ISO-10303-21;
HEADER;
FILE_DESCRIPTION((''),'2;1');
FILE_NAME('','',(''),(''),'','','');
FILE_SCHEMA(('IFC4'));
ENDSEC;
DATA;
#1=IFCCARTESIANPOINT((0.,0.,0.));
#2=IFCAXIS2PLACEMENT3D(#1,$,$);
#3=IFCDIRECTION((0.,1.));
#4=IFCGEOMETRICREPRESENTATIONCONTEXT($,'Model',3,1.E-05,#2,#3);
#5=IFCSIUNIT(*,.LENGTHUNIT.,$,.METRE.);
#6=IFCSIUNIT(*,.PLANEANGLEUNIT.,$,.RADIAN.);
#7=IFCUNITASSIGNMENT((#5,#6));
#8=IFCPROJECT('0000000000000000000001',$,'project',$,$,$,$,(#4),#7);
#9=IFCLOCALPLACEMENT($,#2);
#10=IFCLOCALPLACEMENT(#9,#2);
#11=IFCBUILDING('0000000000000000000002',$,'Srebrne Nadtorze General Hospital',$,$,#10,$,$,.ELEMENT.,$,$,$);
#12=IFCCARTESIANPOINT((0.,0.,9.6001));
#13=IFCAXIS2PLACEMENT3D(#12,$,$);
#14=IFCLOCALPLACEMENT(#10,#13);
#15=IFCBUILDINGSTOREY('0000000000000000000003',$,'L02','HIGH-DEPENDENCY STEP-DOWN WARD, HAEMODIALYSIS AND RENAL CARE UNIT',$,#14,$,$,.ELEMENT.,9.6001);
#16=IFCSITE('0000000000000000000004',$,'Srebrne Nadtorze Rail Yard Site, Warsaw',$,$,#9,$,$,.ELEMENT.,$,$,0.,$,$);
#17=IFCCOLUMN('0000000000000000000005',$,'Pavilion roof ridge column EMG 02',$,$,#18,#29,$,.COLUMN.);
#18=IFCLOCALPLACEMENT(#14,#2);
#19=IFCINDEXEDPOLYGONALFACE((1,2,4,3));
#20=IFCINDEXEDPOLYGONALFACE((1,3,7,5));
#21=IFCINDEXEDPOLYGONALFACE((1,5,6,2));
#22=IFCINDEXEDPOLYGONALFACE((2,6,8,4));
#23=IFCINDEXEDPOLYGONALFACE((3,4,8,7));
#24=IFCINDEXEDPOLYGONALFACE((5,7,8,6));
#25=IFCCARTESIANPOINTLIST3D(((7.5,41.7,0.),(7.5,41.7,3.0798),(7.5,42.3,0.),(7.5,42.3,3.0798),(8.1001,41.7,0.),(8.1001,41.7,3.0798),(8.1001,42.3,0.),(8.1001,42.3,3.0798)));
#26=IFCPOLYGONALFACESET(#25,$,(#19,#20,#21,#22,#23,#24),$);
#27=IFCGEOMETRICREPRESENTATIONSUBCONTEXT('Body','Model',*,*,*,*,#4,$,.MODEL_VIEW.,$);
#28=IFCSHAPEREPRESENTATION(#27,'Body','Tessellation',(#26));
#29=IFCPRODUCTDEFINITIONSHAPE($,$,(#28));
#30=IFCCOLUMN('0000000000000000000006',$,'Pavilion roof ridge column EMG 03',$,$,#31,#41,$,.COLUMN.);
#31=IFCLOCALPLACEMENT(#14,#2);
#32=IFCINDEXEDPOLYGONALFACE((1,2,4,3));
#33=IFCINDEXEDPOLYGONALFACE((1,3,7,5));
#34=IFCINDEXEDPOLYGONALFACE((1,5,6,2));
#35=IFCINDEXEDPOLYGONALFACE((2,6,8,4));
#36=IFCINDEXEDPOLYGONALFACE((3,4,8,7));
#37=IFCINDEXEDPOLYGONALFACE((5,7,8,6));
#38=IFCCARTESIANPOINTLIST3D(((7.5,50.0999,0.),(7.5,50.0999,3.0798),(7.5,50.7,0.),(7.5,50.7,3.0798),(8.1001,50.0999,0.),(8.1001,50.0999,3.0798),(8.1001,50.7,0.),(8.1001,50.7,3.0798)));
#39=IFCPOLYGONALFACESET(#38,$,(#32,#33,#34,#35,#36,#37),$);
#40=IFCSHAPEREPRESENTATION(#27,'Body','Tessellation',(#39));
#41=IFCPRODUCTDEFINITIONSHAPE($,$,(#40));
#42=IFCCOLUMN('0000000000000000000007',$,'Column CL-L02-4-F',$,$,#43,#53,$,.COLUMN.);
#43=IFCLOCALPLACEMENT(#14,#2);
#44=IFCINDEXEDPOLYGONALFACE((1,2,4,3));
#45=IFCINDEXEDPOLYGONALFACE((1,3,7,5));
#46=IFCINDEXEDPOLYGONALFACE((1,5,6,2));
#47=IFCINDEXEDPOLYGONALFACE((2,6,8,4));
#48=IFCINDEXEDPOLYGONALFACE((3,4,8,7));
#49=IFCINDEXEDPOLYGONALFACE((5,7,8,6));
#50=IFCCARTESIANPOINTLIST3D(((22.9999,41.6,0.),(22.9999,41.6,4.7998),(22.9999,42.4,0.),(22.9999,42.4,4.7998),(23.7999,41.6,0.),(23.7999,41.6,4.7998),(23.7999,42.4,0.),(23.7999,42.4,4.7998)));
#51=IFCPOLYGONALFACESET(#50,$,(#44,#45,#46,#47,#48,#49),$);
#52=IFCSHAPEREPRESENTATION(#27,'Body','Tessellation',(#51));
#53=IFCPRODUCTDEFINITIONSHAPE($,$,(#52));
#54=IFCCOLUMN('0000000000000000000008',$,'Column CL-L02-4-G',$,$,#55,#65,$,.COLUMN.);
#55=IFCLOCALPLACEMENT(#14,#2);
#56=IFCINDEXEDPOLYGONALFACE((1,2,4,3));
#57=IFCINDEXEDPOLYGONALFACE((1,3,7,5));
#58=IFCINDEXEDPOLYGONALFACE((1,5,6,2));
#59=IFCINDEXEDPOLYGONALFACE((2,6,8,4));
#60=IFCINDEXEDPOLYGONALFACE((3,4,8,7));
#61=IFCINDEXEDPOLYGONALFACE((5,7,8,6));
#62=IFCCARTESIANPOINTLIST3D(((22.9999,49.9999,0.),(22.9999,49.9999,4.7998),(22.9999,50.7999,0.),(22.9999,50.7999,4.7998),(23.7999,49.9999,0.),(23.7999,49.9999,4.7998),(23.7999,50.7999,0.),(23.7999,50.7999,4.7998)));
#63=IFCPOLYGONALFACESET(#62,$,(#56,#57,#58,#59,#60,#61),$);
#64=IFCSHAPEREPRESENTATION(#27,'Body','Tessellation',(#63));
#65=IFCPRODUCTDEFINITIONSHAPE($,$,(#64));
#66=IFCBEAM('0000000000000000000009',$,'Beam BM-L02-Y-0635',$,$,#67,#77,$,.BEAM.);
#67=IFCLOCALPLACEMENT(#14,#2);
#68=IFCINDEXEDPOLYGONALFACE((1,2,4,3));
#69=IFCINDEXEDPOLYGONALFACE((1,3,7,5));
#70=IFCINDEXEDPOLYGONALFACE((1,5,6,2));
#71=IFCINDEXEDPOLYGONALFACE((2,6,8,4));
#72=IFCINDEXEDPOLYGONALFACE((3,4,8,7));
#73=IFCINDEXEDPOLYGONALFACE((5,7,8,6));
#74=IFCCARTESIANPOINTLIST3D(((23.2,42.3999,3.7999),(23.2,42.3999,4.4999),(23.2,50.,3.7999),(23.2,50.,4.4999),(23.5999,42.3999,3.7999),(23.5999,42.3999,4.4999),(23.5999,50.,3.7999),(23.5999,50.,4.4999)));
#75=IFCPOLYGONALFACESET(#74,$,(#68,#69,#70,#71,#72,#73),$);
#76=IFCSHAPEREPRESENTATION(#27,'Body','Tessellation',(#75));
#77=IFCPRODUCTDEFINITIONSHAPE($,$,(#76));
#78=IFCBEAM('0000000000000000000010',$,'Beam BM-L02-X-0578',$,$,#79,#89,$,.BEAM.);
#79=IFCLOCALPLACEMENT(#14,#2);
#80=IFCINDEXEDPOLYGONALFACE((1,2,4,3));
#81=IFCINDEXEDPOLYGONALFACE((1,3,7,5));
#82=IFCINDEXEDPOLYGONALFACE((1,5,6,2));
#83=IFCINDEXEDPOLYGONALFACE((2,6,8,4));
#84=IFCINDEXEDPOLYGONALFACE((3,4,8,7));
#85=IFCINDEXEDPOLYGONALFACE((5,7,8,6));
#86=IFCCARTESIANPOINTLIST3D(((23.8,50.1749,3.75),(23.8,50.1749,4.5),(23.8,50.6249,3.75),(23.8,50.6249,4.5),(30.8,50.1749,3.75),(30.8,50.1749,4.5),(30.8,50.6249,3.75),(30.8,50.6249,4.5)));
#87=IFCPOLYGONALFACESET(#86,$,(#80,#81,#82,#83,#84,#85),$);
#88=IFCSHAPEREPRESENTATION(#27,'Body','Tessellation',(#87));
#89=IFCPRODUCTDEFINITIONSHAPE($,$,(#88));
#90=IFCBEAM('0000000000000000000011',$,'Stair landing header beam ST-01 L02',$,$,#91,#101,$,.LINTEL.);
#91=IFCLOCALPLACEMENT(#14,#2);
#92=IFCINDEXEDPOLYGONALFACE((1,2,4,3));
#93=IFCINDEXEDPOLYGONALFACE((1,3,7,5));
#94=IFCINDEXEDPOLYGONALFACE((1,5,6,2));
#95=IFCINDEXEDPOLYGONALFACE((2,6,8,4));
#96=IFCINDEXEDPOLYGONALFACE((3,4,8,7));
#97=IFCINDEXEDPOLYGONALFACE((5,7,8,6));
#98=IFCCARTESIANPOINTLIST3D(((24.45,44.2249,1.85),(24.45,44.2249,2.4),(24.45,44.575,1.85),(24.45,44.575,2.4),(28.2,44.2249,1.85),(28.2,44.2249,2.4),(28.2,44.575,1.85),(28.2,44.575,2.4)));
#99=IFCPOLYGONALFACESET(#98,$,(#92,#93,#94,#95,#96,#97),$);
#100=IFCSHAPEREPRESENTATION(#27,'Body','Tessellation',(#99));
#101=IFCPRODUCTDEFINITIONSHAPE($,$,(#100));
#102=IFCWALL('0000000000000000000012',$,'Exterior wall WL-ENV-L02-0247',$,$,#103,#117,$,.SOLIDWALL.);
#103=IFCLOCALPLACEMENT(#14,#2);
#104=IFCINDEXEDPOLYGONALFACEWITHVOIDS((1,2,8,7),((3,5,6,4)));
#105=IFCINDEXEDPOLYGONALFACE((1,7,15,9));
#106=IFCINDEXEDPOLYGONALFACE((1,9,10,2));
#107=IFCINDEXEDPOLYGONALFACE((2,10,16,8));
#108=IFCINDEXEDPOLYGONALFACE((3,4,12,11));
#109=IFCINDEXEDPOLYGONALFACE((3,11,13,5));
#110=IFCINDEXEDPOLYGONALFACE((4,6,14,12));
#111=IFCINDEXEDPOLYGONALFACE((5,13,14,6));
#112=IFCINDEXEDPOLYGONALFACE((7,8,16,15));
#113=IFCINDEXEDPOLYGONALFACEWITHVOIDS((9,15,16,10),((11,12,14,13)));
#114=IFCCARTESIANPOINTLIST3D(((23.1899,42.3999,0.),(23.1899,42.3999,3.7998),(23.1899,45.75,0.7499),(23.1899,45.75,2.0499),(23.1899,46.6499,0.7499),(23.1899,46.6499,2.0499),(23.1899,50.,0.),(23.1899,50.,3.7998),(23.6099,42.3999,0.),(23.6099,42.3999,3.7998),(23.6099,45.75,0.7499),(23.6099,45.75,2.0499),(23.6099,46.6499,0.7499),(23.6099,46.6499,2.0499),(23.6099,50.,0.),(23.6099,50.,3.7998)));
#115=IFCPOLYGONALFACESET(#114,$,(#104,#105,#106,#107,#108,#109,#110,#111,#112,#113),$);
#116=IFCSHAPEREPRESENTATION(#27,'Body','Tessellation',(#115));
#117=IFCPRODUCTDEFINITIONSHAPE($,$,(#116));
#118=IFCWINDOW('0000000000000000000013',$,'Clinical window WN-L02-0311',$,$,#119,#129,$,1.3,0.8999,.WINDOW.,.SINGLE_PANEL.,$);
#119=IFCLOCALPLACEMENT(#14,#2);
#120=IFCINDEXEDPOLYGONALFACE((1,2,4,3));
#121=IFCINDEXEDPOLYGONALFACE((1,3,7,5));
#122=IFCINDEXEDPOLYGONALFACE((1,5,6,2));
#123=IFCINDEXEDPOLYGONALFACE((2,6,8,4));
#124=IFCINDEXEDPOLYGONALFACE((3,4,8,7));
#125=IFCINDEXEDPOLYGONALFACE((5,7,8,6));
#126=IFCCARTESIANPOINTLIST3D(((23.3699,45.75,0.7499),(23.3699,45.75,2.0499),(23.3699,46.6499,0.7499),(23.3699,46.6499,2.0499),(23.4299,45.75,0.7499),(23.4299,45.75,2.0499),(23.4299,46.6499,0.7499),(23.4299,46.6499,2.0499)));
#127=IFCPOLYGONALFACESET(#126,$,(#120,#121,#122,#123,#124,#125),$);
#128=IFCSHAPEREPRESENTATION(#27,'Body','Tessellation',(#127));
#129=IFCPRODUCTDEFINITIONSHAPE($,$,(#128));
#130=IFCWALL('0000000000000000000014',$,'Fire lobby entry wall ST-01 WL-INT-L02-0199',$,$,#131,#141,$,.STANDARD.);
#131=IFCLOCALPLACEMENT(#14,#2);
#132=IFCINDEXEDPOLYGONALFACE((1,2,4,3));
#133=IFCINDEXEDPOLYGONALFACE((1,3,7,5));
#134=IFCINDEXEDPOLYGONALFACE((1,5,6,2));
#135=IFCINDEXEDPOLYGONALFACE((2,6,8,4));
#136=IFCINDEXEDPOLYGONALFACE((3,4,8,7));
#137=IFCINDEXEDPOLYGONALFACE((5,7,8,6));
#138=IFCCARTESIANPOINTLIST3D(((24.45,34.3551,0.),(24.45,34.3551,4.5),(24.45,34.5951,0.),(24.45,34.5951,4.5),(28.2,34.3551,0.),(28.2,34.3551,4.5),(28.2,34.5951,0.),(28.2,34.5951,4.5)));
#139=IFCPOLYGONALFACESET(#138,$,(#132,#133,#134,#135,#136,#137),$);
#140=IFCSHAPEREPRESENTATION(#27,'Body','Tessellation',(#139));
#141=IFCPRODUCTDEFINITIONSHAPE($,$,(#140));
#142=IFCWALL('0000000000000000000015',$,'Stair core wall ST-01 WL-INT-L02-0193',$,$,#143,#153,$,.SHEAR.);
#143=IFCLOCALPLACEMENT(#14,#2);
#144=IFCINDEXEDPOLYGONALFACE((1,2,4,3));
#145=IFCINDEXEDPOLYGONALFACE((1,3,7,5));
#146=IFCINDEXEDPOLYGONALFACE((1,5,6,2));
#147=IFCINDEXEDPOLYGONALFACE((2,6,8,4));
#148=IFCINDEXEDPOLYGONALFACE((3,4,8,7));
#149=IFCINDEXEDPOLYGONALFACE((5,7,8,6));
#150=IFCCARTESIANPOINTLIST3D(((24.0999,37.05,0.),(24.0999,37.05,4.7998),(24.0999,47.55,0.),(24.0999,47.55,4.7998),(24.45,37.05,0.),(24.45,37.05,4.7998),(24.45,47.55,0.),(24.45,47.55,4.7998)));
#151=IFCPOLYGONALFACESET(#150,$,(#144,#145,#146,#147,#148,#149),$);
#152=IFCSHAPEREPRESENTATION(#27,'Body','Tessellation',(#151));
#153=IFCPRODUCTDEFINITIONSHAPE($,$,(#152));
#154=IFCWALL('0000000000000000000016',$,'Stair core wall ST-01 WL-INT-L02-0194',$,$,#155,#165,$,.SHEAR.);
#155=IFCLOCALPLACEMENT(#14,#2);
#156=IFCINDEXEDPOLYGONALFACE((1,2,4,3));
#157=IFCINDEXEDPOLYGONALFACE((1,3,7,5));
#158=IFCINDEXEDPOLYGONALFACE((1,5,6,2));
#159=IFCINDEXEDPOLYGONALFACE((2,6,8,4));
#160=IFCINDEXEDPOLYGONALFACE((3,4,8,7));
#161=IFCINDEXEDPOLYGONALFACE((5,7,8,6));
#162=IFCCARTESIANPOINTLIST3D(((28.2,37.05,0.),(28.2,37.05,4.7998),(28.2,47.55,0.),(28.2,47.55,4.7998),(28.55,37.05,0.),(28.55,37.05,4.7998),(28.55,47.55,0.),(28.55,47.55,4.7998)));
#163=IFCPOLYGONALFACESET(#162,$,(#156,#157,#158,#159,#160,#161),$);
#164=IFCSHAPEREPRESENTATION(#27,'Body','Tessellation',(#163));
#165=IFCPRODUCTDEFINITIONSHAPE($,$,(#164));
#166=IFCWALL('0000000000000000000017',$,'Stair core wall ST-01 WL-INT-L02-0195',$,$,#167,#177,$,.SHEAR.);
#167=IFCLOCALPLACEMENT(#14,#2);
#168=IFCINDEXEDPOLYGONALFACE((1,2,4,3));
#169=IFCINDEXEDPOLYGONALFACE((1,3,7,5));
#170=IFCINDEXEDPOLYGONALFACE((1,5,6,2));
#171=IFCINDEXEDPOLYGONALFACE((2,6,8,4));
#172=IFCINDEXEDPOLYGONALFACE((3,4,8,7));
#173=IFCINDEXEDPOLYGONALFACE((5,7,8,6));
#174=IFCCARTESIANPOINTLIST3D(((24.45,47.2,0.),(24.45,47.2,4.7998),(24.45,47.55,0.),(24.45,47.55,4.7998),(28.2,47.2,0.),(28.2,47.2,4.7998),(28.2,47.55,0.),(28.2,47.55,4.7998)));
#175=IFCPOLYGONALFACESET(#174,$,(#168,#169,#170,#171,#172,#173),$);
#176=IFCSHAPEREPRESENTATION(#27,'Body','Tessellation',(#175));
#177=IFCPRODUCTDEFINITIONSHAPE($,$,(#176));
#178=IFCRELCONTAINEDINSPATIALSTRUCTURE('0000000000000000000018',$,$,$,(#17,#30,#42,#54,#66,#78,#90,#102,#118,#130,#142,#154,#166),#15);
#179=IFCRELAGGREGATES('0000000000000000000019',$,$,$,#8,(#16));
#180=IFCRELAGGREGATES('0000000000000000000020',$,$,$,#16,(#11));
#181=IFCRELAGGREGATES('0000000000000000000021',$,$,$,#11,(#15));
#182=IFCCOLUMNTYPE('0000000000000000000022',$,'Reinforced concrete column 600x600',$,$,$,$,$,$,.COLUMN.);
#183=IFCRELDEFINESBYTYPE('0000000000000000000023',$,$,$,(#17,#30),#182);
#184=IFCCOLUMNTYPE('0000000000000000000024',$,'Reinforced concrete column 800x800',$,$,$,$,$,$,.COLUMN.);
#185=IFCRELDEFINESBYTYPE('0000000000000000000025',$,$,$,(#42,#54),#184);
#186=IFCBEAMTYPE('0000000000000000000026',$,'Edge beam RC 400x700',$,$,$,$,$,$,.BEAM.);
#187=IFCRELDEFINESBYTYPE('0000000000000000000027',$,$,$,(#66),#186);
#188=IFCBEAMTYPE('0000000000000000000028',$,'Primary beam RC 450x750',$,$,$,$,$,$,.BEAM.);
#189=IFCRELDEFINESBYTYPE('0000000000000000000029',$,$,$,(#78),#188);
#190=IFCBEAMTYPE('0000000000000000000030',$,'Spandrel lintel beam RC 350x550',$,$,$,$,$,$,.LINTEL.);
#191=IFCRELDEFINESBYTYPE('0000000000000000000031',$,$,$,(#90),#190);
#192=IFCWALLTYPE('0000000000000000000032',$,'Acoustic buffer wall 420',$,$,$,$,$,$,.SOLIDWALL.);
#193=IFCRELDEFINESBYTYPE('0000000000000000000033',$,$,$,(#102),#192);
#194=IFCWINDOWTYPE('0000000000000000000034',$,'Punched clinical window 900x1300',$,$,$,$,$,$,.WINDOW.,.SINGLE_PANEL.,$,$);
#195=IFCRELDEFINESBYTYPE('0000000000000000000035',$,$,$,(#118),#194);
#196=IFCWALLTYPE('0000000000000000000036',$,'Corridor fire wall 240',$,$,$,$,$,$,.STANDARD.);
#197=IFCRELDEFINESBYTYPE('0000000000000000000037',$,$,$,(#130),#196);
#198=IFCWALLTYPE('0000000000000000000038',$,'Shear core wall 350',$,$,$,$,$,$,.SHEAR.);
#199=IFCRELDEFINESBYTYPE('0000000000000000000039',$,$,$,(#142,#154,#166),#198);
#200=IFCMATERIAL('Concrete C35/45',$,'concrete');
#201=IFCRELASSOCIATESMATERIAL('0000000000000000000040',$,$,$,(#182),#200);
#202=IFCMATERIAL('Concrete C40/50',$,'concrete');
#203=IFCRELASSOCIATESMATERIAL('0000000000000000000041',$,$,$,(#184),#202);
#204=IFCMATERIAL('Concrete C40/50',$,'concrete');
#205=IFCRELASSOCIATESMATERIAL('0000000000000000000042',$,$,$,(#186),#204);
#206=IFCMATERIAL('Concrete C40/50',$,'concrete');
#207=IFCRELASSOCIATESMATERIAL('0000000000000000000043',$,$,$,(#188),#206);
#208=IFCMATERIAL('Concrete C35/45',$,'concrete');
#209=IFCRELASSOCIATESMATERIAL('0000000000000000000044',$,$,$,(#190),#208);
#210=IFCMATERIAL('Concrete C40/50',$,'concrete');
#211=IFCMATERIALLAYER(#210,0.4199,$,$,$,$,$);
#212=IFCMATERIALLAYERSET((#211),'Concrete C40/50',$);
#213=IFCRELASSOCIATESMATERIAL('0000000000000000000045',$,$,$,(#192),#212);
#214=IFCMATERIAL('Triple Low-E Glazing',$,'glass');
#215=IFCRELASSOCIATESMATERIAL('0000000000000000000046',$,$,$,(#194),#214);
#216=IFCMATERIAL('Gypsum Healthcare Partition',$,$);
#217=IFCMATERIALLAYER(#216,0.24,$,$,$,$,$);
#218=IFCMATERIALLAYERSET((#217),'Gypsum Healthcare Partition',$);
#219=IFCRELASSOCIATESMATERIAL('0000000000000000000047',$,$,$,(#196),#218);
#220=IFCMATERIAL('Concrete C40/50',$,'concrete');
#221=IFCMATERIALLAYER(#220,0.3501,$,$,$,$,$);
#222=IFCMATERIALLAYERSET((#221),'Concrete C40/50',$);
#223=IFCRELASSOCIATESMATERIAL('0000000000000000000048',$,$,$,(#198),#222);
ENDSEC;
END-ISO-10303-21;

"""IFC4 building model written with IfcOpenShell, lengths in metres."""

from ifc_helpers import new_model, si_unit, direction, frame, frame_2d, origin, origin_2d, place, context, subcontext, project, spatial, rectangle, extrude, material, layer, layer_set, material_profile, profile_set, type_object, element, fill, save


model = new_model("IFC4")

# Units and contexts
model_context = context("Model", 3, precision=1e-05, world=origin(), true_north=direction((0.0, 1.0)))
body_context = subcontext(model_context, "Body", "Model", "MODEL_VIEW")
ifc_project = project(units=[si_unit("LENGTHUNIT", "METRE"), si_unit("PLANEANGLEUNIT", "RADIAN")], contexts=[model_context])

# Site, building, storey
site_placement = place(None, origin())
site = spatial("IfcSite", under=ifc_project, at=site_placement, Name="Srebrne Nadtorze Rail Yard Site, Warsaw", CompositionType="ELEMENT", RefElevation=0.0)
building_placement = place(site_placement, origin())
building = spatial("IfcBuilding", under=site, at=building_placement, Name="Srebrne Nadtorze General Hospital", CompositionType="ELEMENT")
storey_placement = place(building_placement, frame((0.0, 0.0, 9.6001)))
storey = spatial("IfcBuildingStorey", under=building, at=storey_placement, Name="L02", Description="HIGH-DEPENDENCY STEP-DOWN WARD, HAEMODIALYSIS AND RENAL CARE UNIT", CompositionType="ELEMENT", Elevation=9.6001)

# Columns
ifc_material_1 = material(Name="Concrete C35/45", Category="concrete")
ifc_material_profile_1 = material_profile(ifc_material_1, rectangle(XDim=0.6001, YDim=0.6001, at=origin_2d()), Name="RC-COL-600x600")
ifc_profile_set_1 = profile_set([ifc_material_profile_1], Name="Concrete C35/45")
column_type_1 = type_object("IfcColumnType", Name="Reinforced concrete column 600x600", PredefinedType="COLUMN", material=ifc_profile_set_1)
for number, where, z_axis, x_axis, name in (
    (1, (7.8, 42.0, 0.0), (0.0, 0.0, 1.0), (1.0, 0.0, 0.0), "Pavilion roof ridge column EMG 02"),
    (2, (7.8, 50.3999, 0.0), (0.0, 0.0, 1.0), (1.0, 0.0, 0.0), "Pavilion roof ridge column EMG 03"),
):
    element("IfcColumn", number, at=place(storey_placement, frame(where, z_axis=z_axis, x_axis=x_axis)), inside=storey, type_object=column_type_1, Name=name, PredefinedType="COLUMN", context=body_context, shape_type="SweptSolid", body=[
        extrude(rectangle(XDim=0.6001, YDim=0.6001, at=origin_2d()), origin(), (0.0, 0.0, 1.0), 3.0798),
    ])
ifc_material_2 = material(Name="Concrete C40/50", Category="concrete")
ifc_material_profile_2 = material_profile(ifc_material_2, rectangle(XDim=0.8, YDim=0.8, at=origin_2d()), Name="RC-COL-800x800")
ifc_profile_set_2 = profile_set([ifc_material_profile_2], Name="Concrete C40/50")
column_type_2 = type_object("IfcColumnType", Name="Reinforced concrete column 800x800", PredefinedType="COLUMN", material=ifc_profile_set_2)
for number, where, z_axis, x_axis, name in (
    (3, (23.3999, 42.0, 0.0), (0.0, 0.0, 1.0), (1.0, 0.0, 0.0), "Column CL-L02-4-F"),
    (4, (23.3999, 50.3999, 0.0), (0.0, 0.0, 1.0), (1.0, 0.0, 0.0), "Column CL-L02-4-G"),
):
    element("IfcColumn", number, at=place(storey_placement, frame(where, z_axis=z_axis, x_axis=x_axis)), inside=storey, type_object=column_type_2, Name=name, PredefinedType="COLUMN", context=body_context, shape_type="SweptSolid", body=[
        extrude(rectangle(XDim=0.8, YDim=0.8, at=origin_2d()), origin(), (0.0, 0.0, 1.0), 4.7998),
    ])

# Beams
ifc_material_3 = material(Name="Concrete C40/50", Category="concrete")
ifc_material_profile_3 = material_profile(ifc_material_3, rectangle(XDim=0.3999, YDim=0.7, at=origin_2d()), Name="RC-BM-400x700")
ifc_profile_set_3 = profile_set([ifc_material_profile_3], Name="Concrete C40/50")
beam_type_1 = type_object("IfcBeamType", Name="Edge beam RC 400x700", PredefinedType="BEAM", material=ifc_profile_set_3)
beam_1_placement = place(storey_placement, frame((23.3999, 42.3999, 4.1499), z_axis=(0.0, 1.0, 0.0), x_axis=(-1.0, 0.0, 0.0)))
element("IfcBeam", 5, at=beam_1_placement, inside=storey, type_object=beam_type_1, Name="Beam BM-L02-Y-0635", PredefinedType="BEAM", context=body_context, shape_type="SweptSolid", body=[
    extrude(rectangle(XDim=0.3999, YDim=0.7, at=origin_2d()), origin(), (0.0, 0.0, 1.0), 7.6001),
])
ifc_material_4 = material(Name="Concrete C40/50", Category="concrete")
ifc_material_profile_4 = material_profile(ifc_material_4, rectangle(XDim=0.45, YDim=0.75, at=origin_2d()), Name="RC-BM-450x750")
ifc_profile_set_4 = profile_set([ifc_material_profile_4], Name="Concrete C40/50")
beam_type_2 = type_object("IfcBeamType", Name="Primary beam RC 450x750", PredefinedType="BEAM", material=ifc_profile_set_4)
beam_2_placement = place(storey_placement, frame((23.8, 50.3999, 4.125), z_axis=(1.0, 0.0, 0.0), x_axis=(0.0, 1.0, 0.0)))
element("IfcBeam", 6, at=beam_2_placement, inside=storey, type_object=beam_type_2, Name="Beam BM-L02-X-0578", PredefinedType="BEAM", context=body_context, shape_type="SweptSolid", body=[
    extrude(rectangle(XDim=0.45, YDim=0.75, at=origin_2d()), origin(), (0.0, 0.0, 1.0), 7.0),
])
ifc_material_5 = material(Name="Concrete C35/45", Category="concrete")
ifc_material_profile_5 = material_profile(ifc_material_5, rectangle(XDim=0.3501, YDim=0.55, at=origin_2d()), Name="RC-BM-350x550")
ifc_profile_set_5 = profile_set([ifc_material_profile_5], Name="Concrete C35/45")
beam_type_3 = type_object("IfcBeamType", Name="Spandrel lintel beam RC 350x550", PredefinedType="LINTEL", material=ifc_profile_set_5)
beam_3_placement = place(storey_placement, frame((24.45, 44.3999, 2.125), z_axis=(1.0, 0.0, 0.0), x_axis=(0.0, 1.0, 0.0)))
element("IfcBeam", 7, at=beam_3_placement, inside=storey, type_object=beam_type_3, Name="Stair landing header beam ST-01 L02", PredefinedType="LINTEL", context=body_context, shape_type="SweptSolid", body=[
    extrude(rectangle(XDim=0.3501, YDim=0.55, at=origin_2d()), origin(), (0.0, 0.0, 1.0), 3.75),
])

# Wall, opening, window
ifc_material_6 = material(Name="Concrete C40/50", Category="concrete")
ifc_layer_1 = layer(ifc_material_6, 0.4199)
ifc_layer_set_1 = layer_set([ifc_layer_1], Name="Concrete C40/50")
wall_type_1 = type_object("IfcWallType", Name="Acoustic buffer wall 420", PredefinedType="SOLIDWALL", material=ifc_layer_set_1)
wall_1_placement = place(storey_placement, frame((23.3999, 42.3999, 0.0), z_axis=(0.0, 0.0, 1.0), x_axis=(0.0, 1.0, 0.0)))
wall_1 = element("IfcWall", 8, at=wall_1_placement, inside=storey, type_object=wall_type_1, Name="Exterior wall WL-ENV-L02-0247", PredefinedType="SOLIDWALL", context=body_context, shape_type="SweptSolid", body=[
    extrude(rectangle(XDim=7.6001, YDim=0.4199, at=frame_2d((3.8, 0.0))), origin(), (0.0, 0.0, 1.0), 3.7998),
])
opening_1_placement = place(wall_1_placement, frame((3.3501, 0.0, 0.75)))
opening_1 = element("IfcOpeningElement", 9, at=opening_1_placement, cuts=wall_1, PredefinedType="OPENING", context=body_context, shape_type="SweptSolid", body=[
    extrude(rectangle(XDim=0.8999, YDim=1.3, at=frame_2d((0.45, 0.6499))), frame((0.0, 0.2219, 0.0), z_axis=(0.0, -1.0, 0.0), x_axis=(1.0, 0.0, 0.0)), (0.0, 0.0, 1.0), 0.4438),
])
ifc_material_7 = material(Name="Triple Low-E Glazing", Category="glass")
window_type = type_object("IfcWindowType", Name="Punched clinical window 900x1300", PartitioningType="SINGLE_PANEL", PredefinedType="WINDOW", material=ifc_material_7)
window_placement = place(opening_1_placement, origin())
window = element("IfcWindow", 10, at=window_placement, inside=storey, type_object=window_type, Name="Clinical window WN-L02-0311", OverallHeight=1.3, OverallWidth=0.8999, PartitioningType="SINGLE_PANEL", PredefinedType="WINDOW", context=body_context, shape_type="SweptSolid", body=[
    extrude(rectangle(XDim=0.8999, YDim=1.3, at=frame_2d((0.45, 0.6499))), frame((0.0, 0.03, 0.0), z_axis=(0.0, -1.0, 0.0), x_axis=(1.0, 0.0, 0.0)), (0.0, 0.0, 1.0), 0.0601),
])
fill(opening_1, window)

# Walls
ifc_material_8 = material(Name="Gypsum Healthcare Partition")
ifc_layer_2 = layer(ifc_material_8, 0.24)
ifc_layer_set_2 = layer_set([ifc_layer_2], Name="Gypsum Healthcare Partition")
wall_type_2 = type_object("IfcWallType", Name="Corridor fire wall 240", PredefinedType="STANDARD", material=ifc_layer_set_2)
wall_2_placement = place(storey_placement, frame((24.45, 34.4751, 0.0), z_axis=(0.0, 0.0, 1.0), x_axis=(1.0, 0.0, 0.0)))
element("IfcWall", 11, at=wall_2_placement, inside=storey, type_object=wall_type_2, Name="Fire lobby entry wall ST-01 WL-INT-L02-0199", PredefinedType="STANDARD", context=body_context, shape_type="SweptSolid", body=[
    extrude(rectangle(XDim=3.75, YDim=0.24, at=frame_2d((1.875, 0.0))), origin(), (0.0, 0.0, 1.0), 4.5),
])
ifc_material_9 = material(Name="Concrete C40/50", Category="concrete")
ifc_layer_3 = layer(ifc_material_9, 0.3501)
ifc_layer_set_3 = layer_set([ifc_layer_3], Name="Concrete C40/50")
wall_type_3 = type_object("IfcWallType", Name="Shear core wall 350", PredefinedType="SHEAR", material=ifc_layer_set_3)
for number, where, z_axis, x_axis, name in (
    (12, (24.2749, 37.05, 0.0), (0.0, 0.0, 1.0), (0.0, 1.0, 0.0), "Stair core wall ST-01 WL-INT-L02-0193"),
    (13, (28.375, 37.05, 0.0), (0.0, 0.0, 1.0), (0.0, 1.0, 0.0), "Stair core wall ST-01 WL-INT-L02-0194"),
):
    element("IfcWall", number, at=place(storey_placement, frame(where, z_axis=z_axis, x_axis=x_axis)), inside=storey, type_object=wall_type_3, Name=name, PredefinedType="SHEAR", context=body_context, shape_type="SweptSolid", body=[
        extrude(rectangle(XDim=10.5, YDim=0.3501, at=frame_2d((5.25, 0.0))), origin(), (0.0, 0.0, 1.0), 4.7998),
    ])
wall_3_placement = place(storey_placement, frame((24.45, 47.375, 0.0), z_axis=(0.0, 0.0, 1.0), x_axis=(1.0, 0.0, 0.0)))
element("IfcWall", 14, at=wall_3_placement, inside=storey, type_object=wall_type_3, Name="Stair core wall ST-01 WL-INT-L02-0195", PredefinedType="SHEAR", context=body_context, shape_type="SweptSolid", body=[
    extrude(rectangle(XDim=3.75, YDim=0.3501, at=frame_2d((1.875, 0.0))), origin(), (0.0, 0.0, 1.0), 4.7998),
])

save(model, "model.ifc")
